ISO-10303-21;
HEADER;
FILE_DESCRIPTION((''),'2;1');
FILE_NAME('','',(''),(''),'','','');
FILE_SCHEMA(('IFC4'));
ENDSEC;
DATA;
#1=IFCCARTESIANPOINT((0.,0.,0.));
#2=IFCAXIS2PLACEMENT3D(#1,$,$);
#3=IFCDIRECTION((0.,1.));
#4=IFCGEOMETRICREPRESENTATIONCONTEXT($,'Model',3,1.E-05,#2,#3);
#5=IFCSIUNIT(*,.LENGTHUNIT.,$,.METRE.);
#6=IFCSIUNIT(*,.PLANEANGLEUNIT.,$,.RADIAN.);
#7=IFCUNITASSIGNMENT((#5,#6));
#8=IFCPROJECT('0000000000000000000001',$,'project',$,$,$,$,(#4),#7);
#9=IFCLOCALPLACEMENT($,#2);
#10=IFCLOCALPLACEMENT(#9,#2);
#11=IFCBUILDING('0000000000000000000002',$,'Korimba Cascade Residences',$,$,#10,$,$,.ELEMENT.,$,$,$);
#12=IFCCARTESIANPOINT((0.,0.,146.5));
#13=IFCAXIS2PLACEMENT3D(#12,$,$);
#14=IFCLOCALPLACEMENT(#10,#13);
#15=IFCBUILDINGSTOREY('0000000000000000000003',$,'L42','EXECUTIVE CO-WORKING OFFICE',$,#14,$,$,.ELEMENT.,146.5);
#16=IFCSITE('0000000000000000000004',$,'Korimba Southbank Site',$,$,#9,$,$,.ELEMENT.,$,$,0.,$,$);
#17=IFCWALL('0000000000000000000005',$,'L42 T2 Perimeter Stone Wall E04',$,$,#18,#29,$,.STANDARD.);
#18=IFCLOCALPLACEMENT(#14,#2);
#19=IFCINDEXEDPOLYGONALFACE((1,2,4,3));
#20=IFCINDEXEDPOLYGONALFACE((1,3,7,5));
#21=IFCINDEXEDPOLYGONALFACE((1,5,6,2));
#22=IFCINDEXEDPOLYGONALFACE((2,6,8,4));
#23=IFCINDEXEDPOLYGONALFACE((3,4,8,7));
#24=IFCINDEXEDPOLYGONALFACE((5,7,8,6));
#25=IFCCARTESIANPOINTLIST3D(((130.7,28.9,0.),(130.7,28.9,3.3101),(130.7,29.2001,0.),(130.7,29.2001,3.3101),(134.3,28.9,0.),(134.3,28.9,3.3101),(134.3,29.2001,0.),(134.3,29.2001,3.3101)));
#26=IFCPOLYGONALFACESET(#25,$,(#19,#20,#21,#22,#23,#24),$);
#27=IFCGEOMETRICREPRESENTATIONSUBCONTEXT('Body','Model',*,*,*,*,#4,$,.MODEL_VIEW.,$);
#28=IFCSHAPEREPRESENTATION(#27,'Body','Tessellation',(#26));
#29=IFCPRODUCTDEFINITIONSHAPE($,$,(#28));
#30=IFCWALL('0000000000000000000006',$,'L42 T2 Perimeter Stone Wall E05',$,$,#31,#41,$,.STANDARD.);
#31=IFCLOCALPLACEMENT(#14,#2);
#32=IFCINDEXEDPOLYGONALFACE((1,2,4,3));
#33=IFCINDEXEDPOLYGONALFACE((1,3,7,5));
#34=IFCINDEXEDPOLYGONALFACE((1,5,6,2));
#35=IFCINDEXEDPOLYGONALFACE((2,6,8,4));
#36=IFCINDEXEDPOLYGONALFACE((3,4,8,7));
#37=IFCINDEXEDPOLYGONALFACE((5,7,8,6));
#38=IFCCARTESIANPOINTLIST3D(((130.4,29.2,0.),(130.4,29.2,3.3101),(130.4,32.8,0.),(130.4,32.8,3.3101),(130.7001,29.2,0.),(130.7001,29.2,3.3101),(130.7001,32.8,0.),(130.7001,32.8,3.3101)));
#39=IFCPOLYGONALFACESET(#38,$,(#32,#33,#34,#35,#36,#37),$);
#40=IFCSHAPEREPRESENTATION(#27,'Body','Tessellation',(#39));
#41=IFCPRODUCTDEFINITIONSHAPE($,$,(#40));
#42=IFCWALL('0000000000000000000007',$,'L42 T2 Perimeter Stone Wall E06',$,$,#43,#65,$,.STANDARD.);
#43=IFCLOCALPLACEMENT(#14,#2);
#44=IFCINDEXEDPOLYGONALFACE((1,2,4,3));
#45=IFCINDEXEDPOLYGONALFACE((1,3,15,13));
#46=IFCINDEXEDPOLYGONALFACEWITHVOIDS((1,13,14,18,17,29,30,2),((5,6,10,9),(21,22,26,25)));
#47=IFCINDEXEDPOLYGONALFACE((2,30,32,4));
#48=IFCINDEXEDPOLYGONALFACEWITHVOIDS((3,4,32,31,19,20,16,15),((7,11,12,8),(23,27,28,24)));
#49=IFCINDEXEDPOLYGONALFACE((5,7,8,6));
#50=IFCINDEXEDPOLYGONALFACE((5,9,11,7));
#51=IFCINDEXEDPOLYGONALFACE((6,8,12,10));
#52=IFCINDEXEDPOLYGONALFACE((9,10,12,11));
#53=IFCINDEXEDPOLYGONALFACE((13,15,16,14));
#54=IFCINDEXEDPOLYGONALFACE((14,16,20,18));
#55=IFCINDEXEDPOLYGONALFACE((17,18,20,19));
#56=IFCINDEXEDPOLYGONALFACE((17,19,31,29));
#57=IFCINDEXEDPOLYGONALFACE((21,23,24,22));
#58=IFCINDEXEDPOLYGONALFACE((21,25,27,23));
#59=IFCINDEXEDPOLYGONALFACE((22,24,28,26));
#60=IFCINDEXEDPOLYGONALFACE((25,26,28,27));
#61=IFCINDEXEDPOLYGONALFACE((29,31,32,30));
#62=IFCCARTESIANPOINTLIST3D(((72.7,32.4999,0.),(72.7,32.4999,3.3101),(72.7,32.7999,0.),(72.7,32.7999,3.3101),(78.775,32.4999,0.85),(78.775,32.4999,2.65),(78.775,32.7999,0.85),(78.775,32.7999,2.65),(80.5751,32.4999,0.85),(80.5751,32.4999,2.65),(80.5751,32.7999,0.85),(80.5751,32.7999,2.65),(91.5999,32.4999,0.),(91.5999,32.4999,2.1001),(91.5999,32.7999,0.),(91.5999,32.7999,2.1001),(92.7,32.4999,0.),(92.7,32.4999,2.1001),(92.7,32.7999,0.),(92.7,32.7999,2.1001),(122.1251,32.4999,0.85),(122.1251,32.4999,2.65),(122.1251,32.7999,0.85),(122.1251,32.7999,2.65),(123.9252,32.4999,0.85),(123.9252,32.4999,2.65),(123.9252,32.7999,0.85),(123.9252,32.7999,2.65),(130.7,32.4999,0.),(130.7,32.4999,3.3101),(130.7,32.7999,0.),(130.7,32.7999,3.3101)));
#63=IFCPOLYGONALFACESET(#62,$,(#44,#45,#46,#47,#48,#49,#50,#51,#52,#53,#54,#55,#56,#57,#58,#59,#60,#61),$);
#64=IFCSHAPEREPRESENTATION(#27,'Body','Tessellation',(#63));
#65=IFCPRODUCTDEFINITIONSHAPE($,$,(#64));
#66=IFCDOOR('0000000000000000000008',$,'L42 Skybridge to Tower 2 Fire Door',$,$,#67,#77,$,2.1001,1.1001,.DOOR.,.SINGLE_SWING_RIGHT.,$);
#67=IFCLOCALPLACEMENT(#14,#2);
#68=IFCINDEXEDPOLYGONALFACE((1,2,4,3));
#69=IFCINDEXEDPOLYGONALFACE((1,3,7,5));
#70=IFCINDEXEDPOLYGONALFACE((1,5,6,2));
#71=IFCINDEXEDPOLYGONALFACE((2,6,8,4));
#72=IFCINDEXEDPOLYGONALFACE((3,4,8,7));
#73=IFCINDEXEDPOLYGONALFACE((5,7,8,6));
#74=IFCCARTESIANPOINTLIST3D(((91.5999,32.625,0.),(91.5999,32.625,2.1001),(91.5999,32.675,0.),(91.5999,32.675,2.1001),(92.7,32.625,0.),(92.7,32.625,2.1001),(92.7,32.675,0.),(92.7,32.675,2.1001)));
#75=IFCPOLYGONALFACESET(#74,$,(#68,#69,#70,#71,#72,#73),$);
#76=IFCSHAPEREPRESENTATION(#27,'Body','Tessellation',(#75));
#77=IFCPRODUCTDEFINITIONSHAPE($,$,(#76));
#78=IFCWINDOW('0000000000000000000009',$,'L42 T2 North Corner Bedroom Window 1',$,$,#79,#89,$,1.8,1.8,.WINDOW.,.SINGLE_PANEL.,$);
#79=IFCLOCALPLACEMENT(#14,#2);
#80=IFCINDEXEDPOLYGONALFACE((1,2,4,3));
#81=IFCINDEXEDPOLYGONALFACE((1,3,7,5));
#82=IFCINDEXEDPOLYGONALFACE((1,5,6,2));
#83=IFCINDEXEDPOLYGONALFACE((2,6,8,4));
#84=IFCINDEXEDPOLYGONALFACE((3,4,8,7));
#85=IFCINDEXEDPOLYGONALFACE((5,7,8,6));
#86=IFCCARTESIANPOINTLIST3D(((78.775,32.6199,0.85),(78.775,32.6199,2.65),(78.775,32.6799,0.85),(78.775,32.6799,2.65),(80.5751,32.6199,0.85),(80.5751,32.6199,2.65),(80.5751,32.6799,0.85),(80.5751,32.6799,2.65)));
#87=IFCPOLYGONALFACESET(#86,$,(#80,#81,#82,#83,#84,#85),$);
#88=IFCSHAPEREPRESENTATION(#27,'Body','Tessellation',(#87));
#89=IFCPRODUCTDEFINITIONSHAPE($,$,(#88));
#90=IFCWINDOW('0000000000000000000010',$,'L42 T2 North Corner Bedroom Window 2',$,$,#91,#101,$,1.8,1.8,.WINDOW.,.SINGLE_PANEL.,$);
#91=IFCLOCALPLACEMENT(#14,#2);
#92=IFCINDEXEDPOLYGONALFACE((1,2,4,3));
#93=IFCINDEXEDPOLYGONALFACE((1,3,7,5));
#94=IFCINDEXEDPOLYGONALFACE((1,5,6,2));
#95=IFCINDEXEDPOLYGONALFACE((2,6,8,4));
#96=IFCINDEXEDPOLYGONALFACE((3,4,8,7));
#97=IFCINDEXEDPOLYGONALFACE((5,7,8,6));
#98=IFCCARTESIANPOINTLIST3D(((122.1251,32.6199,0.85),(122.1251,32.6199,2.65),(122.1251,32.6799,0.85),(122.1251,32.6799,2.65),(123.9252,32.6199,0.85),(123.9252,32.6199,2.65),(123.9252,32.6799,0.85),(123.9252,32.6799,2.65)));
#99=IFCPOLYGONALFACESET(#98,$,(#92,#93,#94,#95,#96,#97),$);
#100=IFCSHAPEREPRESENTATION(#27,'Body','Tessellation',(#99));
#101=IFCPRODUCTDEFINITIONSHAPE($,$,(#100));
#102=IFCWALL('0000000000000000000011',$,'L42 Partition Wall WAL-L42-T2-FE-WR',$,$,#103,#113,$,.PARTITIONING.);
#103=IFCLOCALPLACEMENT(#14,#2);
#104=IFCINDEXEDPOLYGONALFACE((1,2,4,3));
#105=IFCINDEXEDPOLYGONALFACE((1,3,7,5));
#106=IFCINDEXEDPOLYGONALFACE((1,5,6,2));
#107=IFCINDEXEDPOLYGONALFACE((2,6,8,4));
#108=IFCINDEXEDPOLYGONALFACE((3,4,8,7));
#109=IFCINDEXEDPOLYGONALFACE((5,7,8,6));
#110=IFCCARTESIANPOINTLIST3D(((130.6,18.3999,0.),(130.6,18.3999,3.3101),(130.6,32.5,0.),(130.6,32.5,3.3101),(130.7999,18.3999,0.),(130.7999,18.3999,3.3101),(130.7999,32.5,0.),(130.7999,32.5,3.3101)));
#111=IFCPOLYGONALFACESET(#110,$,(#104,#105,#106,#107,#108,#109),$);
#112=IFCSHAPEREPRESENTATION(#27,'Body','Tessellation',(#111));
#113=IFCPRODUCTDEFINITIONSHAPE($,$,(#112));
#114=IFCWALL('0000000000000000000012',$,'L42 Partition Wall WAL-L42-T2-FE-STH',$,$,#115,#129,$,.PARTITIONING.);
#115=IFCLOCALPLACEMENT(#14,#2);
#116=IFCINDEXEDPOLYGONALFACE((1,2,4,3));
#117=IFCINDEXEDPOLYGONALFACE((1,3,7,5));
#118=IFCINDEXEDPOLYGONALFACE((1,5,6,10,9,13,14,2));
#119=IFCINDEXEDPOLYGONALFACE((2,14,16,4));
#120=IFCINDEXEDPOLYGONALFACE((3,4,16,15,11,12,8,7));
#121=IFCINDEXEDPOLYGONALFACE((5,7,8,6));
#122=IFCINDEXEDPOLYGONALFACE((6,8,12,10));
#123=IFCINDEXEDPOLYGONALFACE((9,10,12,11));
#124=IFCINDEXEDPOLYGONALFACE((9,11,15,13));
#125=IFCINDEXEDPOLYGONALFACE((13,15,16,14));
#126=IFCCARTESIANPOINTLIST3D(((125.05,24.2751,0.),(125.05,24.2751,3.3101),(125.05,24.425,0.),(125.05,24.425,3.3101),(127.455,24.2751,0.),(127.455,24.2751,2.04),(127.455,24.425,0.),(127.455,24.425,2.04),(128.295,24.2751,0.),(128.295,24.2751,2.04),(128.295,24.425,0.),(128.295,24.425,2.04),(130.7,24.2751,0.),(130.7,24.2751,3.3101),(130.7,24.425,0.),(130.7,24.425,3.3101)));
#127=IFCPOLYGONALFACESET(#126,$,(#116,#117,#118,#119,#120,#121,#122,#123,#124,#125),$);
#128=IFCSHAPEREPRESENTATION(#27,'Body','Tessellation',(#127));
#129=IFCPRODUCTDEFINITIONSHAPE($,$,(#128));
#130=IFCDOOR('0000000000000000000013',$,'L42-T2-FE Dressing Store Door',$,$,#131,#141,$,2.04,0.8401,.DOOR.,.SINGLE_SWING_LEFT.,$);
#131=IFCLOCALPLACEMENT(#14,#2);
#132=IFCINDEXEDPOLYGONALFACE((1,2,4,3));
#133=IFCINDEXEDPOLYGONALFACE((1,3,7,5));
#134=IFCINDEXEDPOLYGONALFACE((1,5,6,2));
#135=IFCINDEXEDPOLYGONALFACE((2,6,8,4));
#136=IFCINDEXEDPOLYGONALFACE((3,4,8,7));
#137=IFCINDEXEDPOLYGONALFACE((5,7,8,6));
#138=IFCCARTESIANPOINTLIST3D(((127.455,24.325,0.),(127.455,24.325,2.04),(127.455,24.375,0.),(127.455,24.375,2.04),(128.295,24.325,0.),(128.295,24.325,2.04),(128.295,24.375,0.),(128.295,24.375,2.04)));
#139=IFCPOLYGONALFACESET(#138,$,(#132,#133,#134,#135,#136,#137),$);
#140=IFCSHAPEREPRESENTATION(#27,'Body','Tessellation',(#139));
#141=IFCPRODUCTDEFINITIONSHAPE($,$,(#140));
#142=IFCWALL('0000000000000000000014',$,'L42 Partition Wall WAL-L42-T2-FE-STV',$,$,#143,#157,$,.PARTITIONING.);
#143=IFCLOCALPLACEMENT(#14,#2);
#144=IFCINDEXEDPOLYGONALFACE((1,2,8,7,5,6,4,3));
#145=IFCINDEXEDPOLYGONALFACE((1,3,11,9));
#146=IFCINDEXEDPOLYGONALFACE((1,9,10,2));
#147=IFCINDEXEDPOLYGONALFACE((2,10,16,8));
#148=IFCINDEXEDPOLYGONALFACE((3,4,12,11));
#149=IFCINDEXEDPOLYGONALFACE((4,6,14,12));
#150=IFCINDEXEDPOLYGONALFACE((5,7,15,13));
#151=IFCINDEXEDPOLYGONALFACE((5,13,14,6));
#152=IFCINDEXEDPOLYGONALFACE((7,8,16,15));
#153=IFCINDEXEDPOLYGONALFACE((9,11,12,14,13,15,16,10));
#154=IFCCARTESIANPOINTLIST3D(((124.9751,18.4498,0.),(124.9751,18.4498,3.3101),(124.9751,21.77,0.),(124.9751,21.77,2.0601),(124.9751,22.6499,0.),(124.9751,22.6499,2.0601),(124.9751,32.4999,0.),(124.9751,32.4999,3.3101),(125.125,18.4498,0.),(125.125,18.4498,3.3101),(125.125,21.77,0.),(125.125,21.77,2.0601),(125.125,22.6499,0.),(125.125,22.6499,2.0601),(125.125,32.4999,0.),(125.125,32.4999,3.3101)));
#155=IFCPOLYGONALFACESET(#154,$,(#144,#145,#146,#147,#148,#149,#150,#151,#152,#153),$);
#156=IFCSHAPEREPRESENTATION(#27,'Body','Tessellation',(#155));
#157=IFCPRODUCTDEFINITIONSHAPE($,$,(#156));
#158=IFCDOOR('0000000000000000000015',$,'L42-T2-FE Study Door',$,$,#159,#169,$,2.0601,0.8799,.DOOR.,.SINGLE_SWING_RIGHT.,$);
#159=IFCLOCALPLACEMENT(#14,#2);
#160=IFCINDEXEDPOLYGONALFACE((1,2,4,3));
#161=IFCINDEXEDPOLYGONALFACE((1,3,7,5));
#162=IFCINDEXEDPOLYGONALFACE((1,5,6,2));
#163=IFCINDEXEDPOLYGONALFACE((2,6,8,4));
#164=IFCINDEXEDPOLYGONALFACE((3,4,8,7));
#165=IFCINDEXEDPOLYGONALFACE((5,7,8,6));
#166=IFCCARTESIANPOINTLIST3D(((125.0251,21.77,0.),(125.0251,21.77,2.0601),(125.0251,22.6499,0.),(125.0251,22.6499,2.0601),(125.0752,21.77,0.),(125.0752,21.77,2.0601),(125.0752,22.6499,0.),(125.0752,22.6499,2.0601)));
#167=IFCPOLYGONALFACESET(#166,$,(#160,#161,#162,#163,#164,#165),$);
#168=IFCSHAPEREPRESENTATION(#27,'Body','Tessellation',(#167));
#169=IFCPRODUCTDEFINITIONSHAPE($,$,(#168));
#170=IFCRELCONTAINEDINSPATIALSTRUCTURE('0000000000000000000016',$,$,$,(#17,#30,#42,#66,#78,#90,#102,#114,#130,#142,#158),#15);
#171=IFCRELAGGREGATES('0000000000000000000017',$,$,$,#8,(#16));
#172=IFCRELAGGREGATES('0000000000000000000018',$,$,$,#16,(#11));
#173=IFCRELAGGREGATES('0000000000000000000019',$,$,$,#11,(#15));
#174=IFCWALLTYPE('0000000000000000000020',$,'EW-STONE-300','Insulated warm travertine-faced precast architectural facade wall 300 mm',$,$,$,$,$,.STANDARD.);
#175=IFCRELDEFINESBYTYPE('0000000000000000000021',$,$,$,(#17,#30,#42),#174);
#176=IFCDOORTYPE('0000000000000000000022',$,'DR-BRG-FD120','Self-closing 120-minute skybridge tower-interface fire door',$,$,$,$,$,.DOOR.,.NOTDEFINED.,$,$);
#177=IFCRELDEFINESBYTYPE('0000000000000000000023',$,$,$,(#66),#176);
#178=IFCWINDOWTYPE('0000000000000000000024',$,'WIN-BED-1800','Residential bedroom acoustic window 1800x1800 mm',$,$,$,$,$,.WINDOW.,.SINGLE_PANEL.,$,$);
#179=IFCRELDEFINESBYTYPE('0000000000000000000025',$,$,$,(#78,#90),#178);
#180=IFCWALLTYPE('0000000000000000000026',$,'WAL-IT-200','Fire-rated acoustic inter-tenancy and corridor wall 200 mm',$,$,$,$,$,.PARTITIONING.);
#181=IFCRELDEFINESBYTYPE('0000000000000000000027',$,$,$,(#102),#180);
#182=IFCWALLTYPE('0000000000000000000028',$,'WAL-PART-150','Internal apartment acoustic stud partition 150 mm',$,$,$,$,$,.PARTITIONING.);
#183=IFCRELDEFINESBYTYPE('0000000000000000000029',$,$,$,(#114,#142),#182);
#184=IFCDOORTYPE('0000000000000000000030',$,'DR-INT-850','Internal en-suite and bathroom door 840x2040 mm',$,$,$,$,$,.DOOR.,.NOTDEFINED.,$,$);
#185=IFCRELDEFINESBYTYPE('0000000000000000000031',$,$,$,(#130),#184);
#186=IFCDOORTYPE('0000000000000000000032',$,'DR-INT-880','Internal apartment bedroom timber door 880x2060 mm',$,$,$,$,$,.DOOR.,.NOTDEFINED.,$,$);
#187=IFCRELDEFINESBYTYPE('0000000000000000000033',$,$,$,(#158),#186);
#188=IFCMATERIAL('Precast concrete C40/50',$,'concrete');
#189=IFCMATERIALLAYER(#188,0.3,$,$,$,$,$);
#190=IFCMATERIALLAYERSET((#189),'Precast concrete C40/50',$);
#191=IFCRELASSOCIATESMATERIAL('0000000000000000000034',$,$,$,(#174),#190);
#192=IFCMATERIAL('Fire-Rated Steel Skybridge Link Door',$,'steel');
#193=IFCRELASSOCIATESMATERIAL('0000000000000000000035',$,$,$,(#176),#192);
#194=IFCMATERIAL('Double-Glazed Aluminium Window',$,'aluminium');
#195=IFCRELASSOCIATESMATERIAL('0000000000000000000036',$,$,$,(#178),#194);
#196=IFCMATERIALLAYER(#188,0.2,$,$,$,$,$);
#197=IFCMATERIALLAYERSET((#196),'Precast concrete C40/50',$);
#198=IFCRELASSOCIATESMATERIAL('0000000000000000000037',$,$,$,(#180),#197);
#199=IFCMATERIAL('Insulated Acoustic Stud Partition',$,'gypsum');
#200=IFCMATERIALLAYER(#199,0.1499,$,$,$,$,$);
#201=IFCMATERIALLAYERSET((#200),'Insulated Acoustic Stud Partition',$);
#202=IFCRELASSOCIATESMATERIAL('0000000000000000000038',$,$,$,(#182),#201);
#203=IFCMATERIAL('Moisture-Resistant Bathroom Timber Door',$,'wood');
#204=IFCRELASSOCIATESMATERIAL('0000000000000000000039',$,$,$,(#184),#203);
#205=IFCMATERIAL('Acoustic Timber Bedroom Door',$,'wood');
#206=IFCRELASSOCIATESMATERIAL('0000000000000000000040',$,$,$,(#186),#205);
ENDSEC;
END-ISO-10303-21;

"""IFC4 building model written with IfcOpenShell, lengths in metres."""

from ifc_helpers import new_model, si_unit, direction, frame, frame_2d, origin, place, context, subcontext, project, spatial, rectangle, extrude, material, layer, layer_set, type_object, element, fill, save


model = new_model("IFC4")

# Units and contexts
model_context = context("Model", 3, precision=1e-05, world=origin(), true_north=direction((0.0, 1.0)))
body_context = subcontext(model_context, "Body", "Model", "MODEL_VIEW")
ifc_project = project(units=[si_unit("LENGTHUNIT", "METRE"), si_unit("PLANEANGLEUNIT", "RADIAN")], contexts=[model_context])

# Site, building, storey
site_placement = place(None, origin())
site = spatial("IfcSite", under=ifc_project, at=site_placement, Name="Korimba Southbank Site", CompositionType="ELEMENT", RefElevation=0.0)
building_placement = place(site_placement, origin())
building = spatial("IfcBuilding", under=site, at=building_placement, Name="Korimba Cascade Residences", CompositionType="ELEMENT")
storey_placement = place(building_placement, frame((0.0, 0.0, 146.5)))
storey = spatial("IfcBuildingStorey", under=building, at=storey_placement, Name="L42", Description="EXECUTIVE CO-WORKING OFFICE", CompositionType="ELEMENT", Elevation=146.5)

# Walls
ifc_material_1 = material(Name="Precast concrete C40/50", Category="concrete")
ifc_layer_1 = layer(ifc_material_1, 0.3)
ifc_layer_set_1 = layer_set([ifc_layer_1], Name="Precast concrete C40/50")
wall_type_1 = type_object("IfcWallType", Name="EW-STONE-300", Description="Insulated warm travertine-faced precast architectural facade wall 300 mm", PredefinedType="STANDARD", material=ifc_layer_set_1)
for number, where, z_axis, x_axis, name in (
    (1, (134.3, 29.05, 0.0), (0.0, 0.0, 1.0), (-1.0, 0.0, 0.0), "L42 T2 Perimeter Stone Wall E04"),
    (2, (130.55, 29.2, 0.0), (0.0, 0.0, 1.0), (0.0, 1.0, 0.0), "L42 T2 Perimeter Stone Wall E05"),
):
    element("IfcWall", number, at=place(storey_placement, frame(where, z_axis=z_axis, x_axis=x_axis)), inside=storey, type_object=wall_type_1, Name=name, PredefinedType="STANDARD", context=body_context, shape_type="SweptSolid", body=[
        extrude(rectangle(XDim=3.6001, YDim=0.3, at=frame_2d((1.8, 0.0))), origin(), (0.0, 0.0, 1.0), 3.3101),
    ])

# Wall, openings, door, windows
wall_1_placement = place(storey_placement, frame((130.7, 32.6499, 0.0), z_axis=(0.0, 0.0, 1.0), x_axis=(-1.0, 0.0, 0.0)))
wall_1 = element("IfcWall", 3, at=wall_1_placement, inside=storey, type_object=wall_type_1, Name="L42 T2 Perimeter Stone Wall E06", PredefinedType="STANDARD", context=body_context, shape_type="SweptSolid", body=[
    extrude(rectangle(XDim=58.0, YDim=0.3, at=frame_2d((29.0, 0.0))), origin(), (0.0, 0.0, 1.0), 3.3101),
])
opening_1_placement = place(wall_1_placement, frame((50.125, 0.0, 0.8501)))
opening_1 = element("IfcOpeningElement", 4, at=opening_1_placement, cuts=wall_1, PredefinedType="OPENING", context=body_context, shape_type="SweptSolid", body=[
    extrude(rectangle(XDim=1.8, YDim=1.8, at=frame_2d((0.8999, 0.8999))), frame((0.0, 0.1602, 0.0), z_axis=(0.0, -1.0, 0.0), x_axis=(1.0, 0.0, 0.0)), (0.0, 0.0, 1.0), 0.3201),
])
opening_2_placement = place(wall_1_placement, frame((6.7749, 0.0, 0.8501)))
opening_2 = element("IfcOpeningElement", 5, at=opening_2_placement, cuts=wall_1, PredefinedType="OPENING", context=body_context, shape_type="SweptSolid", body=[
    extrude(rectangle(XDim=1.8, YDim=1.8, at=frame_2d((0.8999, 0.8999))), frame((0.0, 0.1602, 0.0), z_axis=(0.0, -1.0, 0.0), x_axis=(1.0, 0.0, 0.0)), (0.0, 0.0, 1.0), 0.3201),
])
opening_3_placement = place(wall_1_placement, frame((38.0, 0.0, 0.0)))
opening_3 = element("IfcOpeningElement", 6, at=opening_3_placement, cuts=wall_1, PredefinedType="OPENING", context=body_context, shape_type="SweptSolid", body=[
    extrude(rectangle(XDim=1.1001, YDim=2.1001, at=frame_2d((0.55, 1.05))), frame((0.0, 0.1602, 0.0), z_axis=(0.0, -1.0, 0.0), x_axis=(1.0, 0.0, 0.0)), (0.0, 0.0, 1.0), 0.3201),
])
ifc_material_2 = material(Name="Fire-Rated Steel Skybridge Link Door", Category="steel")
door_type_1 = type_object("IfcDoorType", Name="DR-BRG-FD120", Description="Self-closing 120-minute skybridge tower-interface fire door", OperationType="NOTDEFINED", PredefinedType="DOOR", material=ifc_material_2)
door_1_placement = place(opening_3_placement, origin())
door_1 = element("IfcDoor", 7, at=door_1_placement, inside=storey, type_object=door_type_1, Name="L42 Skybridge to Tower 2 Fire Door", OperationType="SINGLE_SWING_RIGHT", OverallHeight=2.1001, OverallWidth=1.1001, PredefinedType="DOOR", context=body_context, shape_type="SweptSolid", body=[
    extrude(rectangle(XDim=1.1001, YDim=2.1001, at=frame_2d((0.55, 1.05))), frame((0.0, 0.0249, 0.0), z_axis=(0.0, -1.0, 0.0), x_axis=(1.0, 0.0, 0.0)), (0.0, 0.0, 1.0), 0.05),
])
fill(opening_3, door_1)
ifc_material_3 = material(Name="Double-Glazed Aluminium Window", Category="aluminium")
window_type = type_object("IfcWindowType", Name="WIN-BED-1800", Description="Residential bedroom acoustic window 1800x1800 mm", PartitioningType="SINGLE_PANEL", PredefinedType="WINDOW", material=ifc_material_3)
window_1_placement = place(opening_1_placement, origin())
window_1 = element("IfcWindow", 8, at=window_1_placement, inside=storey, type_object=window_type, Name="L42 T2 North Corner Bedroom Window 1", OverallHeight=1.8, OverallWidth=1.8, PartitioningType="SINGLE_PANEL", PredefinedType="WINDOW", context=body_context, shape_type="SweptSolid", body=[
    extrude(rectangle(XDim=1.8, YDim=1.8, at=frame_2d((0.8999, 0.8999))), frame((0.0, 0.03, 0.0), z_axis=(0.0, -1.0, 0.0), x_axis=(1.0, 0.0, 0.0)), (0.0, 0.0, 1.0), 0.0601),
])
fill(opening_1, window_1)
window_2_placement = place(opening_2_placement, origin())
window_2 = element("IfcWindow", 9, at=window_2_placement, inside=storey, type_object=window_type, Name="L42 T2 North Corner Bedroom Window 2", OverallHeight=1.8, OverallWidth=1.8, PartitioningType="SINGLE_PANEL", PredefinedType="WINDOW", context=body_context, shape_type="SweptSolid", body=[
    extrude(rectangle(XDim=1.8, YDim=1.8, at=frame_2d((0.8999, 0.8999))), frame((0.0, 0.03, 0.0), z_axis=(0.0, -1.0, 0.0), x_axis=(1.0, 0.0, 0.0)), (0.0, 0.0, 1.0), 0.0601),
])
fill(opening_2, window_2)

# Wall
ifc_layer_2 = layer(ifc_material_1, 0.2)
ifc_layer_set_2 = layer_set([ifc_layer_2], Name="Precast concrete C40/50")
wall_type_2 = type_object("IfcWallType", Name="WAL-IT-200", Description="Fire-rated acoustic inter-tenancy and corridor wall 200 mm", PredefinedType="PARTITIONING", material=ifc_layer_set_2)
wall_2_placement = place(storey_placement, frame((130.7, 18.3999, 0.0), z_axis=(0.0, 0.0, 1.0), x_axis=(0.0, 1.0, 0.0)))
element("IfcWall", 10, at=wall_2_placement, inside=storey, type_object=wall_type_2, Name="L42 Partition Wall WAL-L42-T2-FE-WR", PredefinedType="PARTITIONING", context=body_context, shape_type="SweptSolid", body=[
    extrude(rectangle(XDim=14.1001, YDim=0.2, at=frame_2d((7.05, 0.0))), origin(), (0.0, 0.0, 1.0), 3.3101),
])

# Walls, openings, doors
ifc_material_4 = material(Name="Insulated Acoustic Stud Partition", Category="gypsum")
ifc_layer_3 = layer(ifc_material_4, 0.1499)
ifc_layer_set_3 = layer_set([ifc_layer_3], Name="Insulated Acoustic Stud Partition")
wall_type_3 = type_object("IfcWallType", Name="WAL-PART-150", Description="Internal apartment acoustic stud partition 150 mm", PredefinedType="PARTITIONING", material=ifc_layer_set_3)
wall_3_placement = place(storey_placement, frame((125.05, 24.3501, 0.0), z_axis=(0.0, 0.0, 1.0), x_axis=(1.0, 0.0, 0.0)))
wall_3 = element("IfcWall", 11, at=wall_3_placement, inside=storey, type_object=wall_type_3, Name="L42 Partition Wall WAL-L42-T2-FE-STH", PredefinedType="PARTITIONING", context=body_context, shape_type="SweptSolid", body=[
    extrude(rectangle(XDim=5.6499, YDim=0.1499, at=frame_2d((2.825, 0.0))), origin(), (0.0, 0.0, 1.0), 3.3101),
])
opening_4_placement = place(wall_3_placement, frame((2.405, 0.0, 0.0)))
opening_4 = element("IfcOpeningElement", 12, at=opening_4_placement, cuts=wall_3, PredefinedType="OPENING", context=body_context, shape_type="SweptSolid", body=[
    extrude(rectangle(XDim=0.8401, YDim=2.04, at=frame_2d((0.4199, 1.02))), frame((0.0, 0.085, 0.0), z_axis=(0.0, -1.0, 0.0), x_axis=(1.0, 0.0, 0.0)), (0.0, 0.0, 1.0), 0.1699),
])
ifc_material_5 = material(Name="Moisture-Resistant Bathroom Timber Door", Category="wood")
door_type_2 = type_object("IfcDoorType", Name="DR-INT-850", Description="Internal en-suite and bathroom door 840x2040 mm", OperationType="NOTDEFINED", PredefinedType="DOOR", material=ifc_material_5)
door_2_placement = place(opening_4_placement, origin())
door_2 = element("IfcDoor", 13, at=door_2_placement, inside=storey, type_object=door_type_2, Name="L42-T2-FE Dressing Store Door", OperationType="SINGLE_SWING_LEFT", OverallHeight=2.04, OverallWidth=0.8401, PredefinedType="DOOR", context=body_context, shape_type="SweptSolid", body=[
    extrude(rectangle(XDim=0.8401, YDim=2.04, at=frame_2d((0.4199, 1.02))), frame((0.0, 0.0249, 0.0), z_axis=(0.0, -1.0, 0.0), x_axis=(1.0, 0.0, 0.0)), (0.0, 0.0, 1.0), 0.05),
])
fill(opening_4, door_2)
wall_4_placement = place(storey_placement, frame((125.05, 18.45, 0.0), z_axis=(0.0, 0.0, 1.0), x_axis=(0.0, 1.0, 0.0)))
wall_4 = element("IfcWall", 14, at=wall_4_placement, inside=storey, type_object=wall_type_3, Name="L42 Partition Wall WAL-L42-T2-FE-STV", PredefinedType="PARTITIONING", context=body_context, shape_type="SweptSolid", body=[
    extrude(rectangle(XDim=14.05, YDim=0.1499, at=frame_2d((7.0249, 0.0))), origin(), (0.0, 0.0, 1.0), 3.3101),
])
opening_5_placement = place(wall_4_placement, frame((3.3201, 0.0, 0.0)))
opening_5 = element("IfcOpeningElement", 15, at=opening_5_placement, cuts=wall_4, PredefinedType="OPENING", context=body_context, shape_type="SweptSolid", body=[
    extrude(rectangle(XDim=0.8799, YDim=2.0601, at=frame_2d((0.4399, 1.03))), frame((0.0, 0.085, 0.0), z_axis=(0.0, -1.0, 0.0), x_axis=(1.0, 0.0, 0.0)), (0.0, 0.0, 1.0), 0.1699),
])
ifc_material_6 = material(Name="Acoustic Timber Bedroom Door", Category="wood")
door_type_3 = type_object("IfcDoorType", Name="DR-INT-880", Description="Internal apartment bedroom timber door 880x2060 mm", OperationType="NOTDEFINED", PredefinedType="DOOR", material=ifc_material_6)
door_3_placement = place(opening_5_placement, origin())
door_3 = element("IfcDoor", 16, at=door_3_placement, inside=storey, type_object=door_type_3, Name="L42-T2-FE Study Door", OperationType="SINGLE_SWING_RIGHT", OverallHeight=2.0601, OverallWidth=0.8799, PredefinedType="DOOR", context=body_context, shape_type="SweptSolid", body=[
    extrude(rectangle(XDim=0.8799, YDim=2.0601, at=frame_2d((0.4399, 1.03))), frame((0.0, 0.0249, 0.0), z_axis=(0.0, -1.0, 0.0), x_axis=(1.0, 0.0, 0.0)), (0.0, 0.0, 1.0), 0.05),
])
fill(opening_5, door_3)

save(model, "model.ifc")
